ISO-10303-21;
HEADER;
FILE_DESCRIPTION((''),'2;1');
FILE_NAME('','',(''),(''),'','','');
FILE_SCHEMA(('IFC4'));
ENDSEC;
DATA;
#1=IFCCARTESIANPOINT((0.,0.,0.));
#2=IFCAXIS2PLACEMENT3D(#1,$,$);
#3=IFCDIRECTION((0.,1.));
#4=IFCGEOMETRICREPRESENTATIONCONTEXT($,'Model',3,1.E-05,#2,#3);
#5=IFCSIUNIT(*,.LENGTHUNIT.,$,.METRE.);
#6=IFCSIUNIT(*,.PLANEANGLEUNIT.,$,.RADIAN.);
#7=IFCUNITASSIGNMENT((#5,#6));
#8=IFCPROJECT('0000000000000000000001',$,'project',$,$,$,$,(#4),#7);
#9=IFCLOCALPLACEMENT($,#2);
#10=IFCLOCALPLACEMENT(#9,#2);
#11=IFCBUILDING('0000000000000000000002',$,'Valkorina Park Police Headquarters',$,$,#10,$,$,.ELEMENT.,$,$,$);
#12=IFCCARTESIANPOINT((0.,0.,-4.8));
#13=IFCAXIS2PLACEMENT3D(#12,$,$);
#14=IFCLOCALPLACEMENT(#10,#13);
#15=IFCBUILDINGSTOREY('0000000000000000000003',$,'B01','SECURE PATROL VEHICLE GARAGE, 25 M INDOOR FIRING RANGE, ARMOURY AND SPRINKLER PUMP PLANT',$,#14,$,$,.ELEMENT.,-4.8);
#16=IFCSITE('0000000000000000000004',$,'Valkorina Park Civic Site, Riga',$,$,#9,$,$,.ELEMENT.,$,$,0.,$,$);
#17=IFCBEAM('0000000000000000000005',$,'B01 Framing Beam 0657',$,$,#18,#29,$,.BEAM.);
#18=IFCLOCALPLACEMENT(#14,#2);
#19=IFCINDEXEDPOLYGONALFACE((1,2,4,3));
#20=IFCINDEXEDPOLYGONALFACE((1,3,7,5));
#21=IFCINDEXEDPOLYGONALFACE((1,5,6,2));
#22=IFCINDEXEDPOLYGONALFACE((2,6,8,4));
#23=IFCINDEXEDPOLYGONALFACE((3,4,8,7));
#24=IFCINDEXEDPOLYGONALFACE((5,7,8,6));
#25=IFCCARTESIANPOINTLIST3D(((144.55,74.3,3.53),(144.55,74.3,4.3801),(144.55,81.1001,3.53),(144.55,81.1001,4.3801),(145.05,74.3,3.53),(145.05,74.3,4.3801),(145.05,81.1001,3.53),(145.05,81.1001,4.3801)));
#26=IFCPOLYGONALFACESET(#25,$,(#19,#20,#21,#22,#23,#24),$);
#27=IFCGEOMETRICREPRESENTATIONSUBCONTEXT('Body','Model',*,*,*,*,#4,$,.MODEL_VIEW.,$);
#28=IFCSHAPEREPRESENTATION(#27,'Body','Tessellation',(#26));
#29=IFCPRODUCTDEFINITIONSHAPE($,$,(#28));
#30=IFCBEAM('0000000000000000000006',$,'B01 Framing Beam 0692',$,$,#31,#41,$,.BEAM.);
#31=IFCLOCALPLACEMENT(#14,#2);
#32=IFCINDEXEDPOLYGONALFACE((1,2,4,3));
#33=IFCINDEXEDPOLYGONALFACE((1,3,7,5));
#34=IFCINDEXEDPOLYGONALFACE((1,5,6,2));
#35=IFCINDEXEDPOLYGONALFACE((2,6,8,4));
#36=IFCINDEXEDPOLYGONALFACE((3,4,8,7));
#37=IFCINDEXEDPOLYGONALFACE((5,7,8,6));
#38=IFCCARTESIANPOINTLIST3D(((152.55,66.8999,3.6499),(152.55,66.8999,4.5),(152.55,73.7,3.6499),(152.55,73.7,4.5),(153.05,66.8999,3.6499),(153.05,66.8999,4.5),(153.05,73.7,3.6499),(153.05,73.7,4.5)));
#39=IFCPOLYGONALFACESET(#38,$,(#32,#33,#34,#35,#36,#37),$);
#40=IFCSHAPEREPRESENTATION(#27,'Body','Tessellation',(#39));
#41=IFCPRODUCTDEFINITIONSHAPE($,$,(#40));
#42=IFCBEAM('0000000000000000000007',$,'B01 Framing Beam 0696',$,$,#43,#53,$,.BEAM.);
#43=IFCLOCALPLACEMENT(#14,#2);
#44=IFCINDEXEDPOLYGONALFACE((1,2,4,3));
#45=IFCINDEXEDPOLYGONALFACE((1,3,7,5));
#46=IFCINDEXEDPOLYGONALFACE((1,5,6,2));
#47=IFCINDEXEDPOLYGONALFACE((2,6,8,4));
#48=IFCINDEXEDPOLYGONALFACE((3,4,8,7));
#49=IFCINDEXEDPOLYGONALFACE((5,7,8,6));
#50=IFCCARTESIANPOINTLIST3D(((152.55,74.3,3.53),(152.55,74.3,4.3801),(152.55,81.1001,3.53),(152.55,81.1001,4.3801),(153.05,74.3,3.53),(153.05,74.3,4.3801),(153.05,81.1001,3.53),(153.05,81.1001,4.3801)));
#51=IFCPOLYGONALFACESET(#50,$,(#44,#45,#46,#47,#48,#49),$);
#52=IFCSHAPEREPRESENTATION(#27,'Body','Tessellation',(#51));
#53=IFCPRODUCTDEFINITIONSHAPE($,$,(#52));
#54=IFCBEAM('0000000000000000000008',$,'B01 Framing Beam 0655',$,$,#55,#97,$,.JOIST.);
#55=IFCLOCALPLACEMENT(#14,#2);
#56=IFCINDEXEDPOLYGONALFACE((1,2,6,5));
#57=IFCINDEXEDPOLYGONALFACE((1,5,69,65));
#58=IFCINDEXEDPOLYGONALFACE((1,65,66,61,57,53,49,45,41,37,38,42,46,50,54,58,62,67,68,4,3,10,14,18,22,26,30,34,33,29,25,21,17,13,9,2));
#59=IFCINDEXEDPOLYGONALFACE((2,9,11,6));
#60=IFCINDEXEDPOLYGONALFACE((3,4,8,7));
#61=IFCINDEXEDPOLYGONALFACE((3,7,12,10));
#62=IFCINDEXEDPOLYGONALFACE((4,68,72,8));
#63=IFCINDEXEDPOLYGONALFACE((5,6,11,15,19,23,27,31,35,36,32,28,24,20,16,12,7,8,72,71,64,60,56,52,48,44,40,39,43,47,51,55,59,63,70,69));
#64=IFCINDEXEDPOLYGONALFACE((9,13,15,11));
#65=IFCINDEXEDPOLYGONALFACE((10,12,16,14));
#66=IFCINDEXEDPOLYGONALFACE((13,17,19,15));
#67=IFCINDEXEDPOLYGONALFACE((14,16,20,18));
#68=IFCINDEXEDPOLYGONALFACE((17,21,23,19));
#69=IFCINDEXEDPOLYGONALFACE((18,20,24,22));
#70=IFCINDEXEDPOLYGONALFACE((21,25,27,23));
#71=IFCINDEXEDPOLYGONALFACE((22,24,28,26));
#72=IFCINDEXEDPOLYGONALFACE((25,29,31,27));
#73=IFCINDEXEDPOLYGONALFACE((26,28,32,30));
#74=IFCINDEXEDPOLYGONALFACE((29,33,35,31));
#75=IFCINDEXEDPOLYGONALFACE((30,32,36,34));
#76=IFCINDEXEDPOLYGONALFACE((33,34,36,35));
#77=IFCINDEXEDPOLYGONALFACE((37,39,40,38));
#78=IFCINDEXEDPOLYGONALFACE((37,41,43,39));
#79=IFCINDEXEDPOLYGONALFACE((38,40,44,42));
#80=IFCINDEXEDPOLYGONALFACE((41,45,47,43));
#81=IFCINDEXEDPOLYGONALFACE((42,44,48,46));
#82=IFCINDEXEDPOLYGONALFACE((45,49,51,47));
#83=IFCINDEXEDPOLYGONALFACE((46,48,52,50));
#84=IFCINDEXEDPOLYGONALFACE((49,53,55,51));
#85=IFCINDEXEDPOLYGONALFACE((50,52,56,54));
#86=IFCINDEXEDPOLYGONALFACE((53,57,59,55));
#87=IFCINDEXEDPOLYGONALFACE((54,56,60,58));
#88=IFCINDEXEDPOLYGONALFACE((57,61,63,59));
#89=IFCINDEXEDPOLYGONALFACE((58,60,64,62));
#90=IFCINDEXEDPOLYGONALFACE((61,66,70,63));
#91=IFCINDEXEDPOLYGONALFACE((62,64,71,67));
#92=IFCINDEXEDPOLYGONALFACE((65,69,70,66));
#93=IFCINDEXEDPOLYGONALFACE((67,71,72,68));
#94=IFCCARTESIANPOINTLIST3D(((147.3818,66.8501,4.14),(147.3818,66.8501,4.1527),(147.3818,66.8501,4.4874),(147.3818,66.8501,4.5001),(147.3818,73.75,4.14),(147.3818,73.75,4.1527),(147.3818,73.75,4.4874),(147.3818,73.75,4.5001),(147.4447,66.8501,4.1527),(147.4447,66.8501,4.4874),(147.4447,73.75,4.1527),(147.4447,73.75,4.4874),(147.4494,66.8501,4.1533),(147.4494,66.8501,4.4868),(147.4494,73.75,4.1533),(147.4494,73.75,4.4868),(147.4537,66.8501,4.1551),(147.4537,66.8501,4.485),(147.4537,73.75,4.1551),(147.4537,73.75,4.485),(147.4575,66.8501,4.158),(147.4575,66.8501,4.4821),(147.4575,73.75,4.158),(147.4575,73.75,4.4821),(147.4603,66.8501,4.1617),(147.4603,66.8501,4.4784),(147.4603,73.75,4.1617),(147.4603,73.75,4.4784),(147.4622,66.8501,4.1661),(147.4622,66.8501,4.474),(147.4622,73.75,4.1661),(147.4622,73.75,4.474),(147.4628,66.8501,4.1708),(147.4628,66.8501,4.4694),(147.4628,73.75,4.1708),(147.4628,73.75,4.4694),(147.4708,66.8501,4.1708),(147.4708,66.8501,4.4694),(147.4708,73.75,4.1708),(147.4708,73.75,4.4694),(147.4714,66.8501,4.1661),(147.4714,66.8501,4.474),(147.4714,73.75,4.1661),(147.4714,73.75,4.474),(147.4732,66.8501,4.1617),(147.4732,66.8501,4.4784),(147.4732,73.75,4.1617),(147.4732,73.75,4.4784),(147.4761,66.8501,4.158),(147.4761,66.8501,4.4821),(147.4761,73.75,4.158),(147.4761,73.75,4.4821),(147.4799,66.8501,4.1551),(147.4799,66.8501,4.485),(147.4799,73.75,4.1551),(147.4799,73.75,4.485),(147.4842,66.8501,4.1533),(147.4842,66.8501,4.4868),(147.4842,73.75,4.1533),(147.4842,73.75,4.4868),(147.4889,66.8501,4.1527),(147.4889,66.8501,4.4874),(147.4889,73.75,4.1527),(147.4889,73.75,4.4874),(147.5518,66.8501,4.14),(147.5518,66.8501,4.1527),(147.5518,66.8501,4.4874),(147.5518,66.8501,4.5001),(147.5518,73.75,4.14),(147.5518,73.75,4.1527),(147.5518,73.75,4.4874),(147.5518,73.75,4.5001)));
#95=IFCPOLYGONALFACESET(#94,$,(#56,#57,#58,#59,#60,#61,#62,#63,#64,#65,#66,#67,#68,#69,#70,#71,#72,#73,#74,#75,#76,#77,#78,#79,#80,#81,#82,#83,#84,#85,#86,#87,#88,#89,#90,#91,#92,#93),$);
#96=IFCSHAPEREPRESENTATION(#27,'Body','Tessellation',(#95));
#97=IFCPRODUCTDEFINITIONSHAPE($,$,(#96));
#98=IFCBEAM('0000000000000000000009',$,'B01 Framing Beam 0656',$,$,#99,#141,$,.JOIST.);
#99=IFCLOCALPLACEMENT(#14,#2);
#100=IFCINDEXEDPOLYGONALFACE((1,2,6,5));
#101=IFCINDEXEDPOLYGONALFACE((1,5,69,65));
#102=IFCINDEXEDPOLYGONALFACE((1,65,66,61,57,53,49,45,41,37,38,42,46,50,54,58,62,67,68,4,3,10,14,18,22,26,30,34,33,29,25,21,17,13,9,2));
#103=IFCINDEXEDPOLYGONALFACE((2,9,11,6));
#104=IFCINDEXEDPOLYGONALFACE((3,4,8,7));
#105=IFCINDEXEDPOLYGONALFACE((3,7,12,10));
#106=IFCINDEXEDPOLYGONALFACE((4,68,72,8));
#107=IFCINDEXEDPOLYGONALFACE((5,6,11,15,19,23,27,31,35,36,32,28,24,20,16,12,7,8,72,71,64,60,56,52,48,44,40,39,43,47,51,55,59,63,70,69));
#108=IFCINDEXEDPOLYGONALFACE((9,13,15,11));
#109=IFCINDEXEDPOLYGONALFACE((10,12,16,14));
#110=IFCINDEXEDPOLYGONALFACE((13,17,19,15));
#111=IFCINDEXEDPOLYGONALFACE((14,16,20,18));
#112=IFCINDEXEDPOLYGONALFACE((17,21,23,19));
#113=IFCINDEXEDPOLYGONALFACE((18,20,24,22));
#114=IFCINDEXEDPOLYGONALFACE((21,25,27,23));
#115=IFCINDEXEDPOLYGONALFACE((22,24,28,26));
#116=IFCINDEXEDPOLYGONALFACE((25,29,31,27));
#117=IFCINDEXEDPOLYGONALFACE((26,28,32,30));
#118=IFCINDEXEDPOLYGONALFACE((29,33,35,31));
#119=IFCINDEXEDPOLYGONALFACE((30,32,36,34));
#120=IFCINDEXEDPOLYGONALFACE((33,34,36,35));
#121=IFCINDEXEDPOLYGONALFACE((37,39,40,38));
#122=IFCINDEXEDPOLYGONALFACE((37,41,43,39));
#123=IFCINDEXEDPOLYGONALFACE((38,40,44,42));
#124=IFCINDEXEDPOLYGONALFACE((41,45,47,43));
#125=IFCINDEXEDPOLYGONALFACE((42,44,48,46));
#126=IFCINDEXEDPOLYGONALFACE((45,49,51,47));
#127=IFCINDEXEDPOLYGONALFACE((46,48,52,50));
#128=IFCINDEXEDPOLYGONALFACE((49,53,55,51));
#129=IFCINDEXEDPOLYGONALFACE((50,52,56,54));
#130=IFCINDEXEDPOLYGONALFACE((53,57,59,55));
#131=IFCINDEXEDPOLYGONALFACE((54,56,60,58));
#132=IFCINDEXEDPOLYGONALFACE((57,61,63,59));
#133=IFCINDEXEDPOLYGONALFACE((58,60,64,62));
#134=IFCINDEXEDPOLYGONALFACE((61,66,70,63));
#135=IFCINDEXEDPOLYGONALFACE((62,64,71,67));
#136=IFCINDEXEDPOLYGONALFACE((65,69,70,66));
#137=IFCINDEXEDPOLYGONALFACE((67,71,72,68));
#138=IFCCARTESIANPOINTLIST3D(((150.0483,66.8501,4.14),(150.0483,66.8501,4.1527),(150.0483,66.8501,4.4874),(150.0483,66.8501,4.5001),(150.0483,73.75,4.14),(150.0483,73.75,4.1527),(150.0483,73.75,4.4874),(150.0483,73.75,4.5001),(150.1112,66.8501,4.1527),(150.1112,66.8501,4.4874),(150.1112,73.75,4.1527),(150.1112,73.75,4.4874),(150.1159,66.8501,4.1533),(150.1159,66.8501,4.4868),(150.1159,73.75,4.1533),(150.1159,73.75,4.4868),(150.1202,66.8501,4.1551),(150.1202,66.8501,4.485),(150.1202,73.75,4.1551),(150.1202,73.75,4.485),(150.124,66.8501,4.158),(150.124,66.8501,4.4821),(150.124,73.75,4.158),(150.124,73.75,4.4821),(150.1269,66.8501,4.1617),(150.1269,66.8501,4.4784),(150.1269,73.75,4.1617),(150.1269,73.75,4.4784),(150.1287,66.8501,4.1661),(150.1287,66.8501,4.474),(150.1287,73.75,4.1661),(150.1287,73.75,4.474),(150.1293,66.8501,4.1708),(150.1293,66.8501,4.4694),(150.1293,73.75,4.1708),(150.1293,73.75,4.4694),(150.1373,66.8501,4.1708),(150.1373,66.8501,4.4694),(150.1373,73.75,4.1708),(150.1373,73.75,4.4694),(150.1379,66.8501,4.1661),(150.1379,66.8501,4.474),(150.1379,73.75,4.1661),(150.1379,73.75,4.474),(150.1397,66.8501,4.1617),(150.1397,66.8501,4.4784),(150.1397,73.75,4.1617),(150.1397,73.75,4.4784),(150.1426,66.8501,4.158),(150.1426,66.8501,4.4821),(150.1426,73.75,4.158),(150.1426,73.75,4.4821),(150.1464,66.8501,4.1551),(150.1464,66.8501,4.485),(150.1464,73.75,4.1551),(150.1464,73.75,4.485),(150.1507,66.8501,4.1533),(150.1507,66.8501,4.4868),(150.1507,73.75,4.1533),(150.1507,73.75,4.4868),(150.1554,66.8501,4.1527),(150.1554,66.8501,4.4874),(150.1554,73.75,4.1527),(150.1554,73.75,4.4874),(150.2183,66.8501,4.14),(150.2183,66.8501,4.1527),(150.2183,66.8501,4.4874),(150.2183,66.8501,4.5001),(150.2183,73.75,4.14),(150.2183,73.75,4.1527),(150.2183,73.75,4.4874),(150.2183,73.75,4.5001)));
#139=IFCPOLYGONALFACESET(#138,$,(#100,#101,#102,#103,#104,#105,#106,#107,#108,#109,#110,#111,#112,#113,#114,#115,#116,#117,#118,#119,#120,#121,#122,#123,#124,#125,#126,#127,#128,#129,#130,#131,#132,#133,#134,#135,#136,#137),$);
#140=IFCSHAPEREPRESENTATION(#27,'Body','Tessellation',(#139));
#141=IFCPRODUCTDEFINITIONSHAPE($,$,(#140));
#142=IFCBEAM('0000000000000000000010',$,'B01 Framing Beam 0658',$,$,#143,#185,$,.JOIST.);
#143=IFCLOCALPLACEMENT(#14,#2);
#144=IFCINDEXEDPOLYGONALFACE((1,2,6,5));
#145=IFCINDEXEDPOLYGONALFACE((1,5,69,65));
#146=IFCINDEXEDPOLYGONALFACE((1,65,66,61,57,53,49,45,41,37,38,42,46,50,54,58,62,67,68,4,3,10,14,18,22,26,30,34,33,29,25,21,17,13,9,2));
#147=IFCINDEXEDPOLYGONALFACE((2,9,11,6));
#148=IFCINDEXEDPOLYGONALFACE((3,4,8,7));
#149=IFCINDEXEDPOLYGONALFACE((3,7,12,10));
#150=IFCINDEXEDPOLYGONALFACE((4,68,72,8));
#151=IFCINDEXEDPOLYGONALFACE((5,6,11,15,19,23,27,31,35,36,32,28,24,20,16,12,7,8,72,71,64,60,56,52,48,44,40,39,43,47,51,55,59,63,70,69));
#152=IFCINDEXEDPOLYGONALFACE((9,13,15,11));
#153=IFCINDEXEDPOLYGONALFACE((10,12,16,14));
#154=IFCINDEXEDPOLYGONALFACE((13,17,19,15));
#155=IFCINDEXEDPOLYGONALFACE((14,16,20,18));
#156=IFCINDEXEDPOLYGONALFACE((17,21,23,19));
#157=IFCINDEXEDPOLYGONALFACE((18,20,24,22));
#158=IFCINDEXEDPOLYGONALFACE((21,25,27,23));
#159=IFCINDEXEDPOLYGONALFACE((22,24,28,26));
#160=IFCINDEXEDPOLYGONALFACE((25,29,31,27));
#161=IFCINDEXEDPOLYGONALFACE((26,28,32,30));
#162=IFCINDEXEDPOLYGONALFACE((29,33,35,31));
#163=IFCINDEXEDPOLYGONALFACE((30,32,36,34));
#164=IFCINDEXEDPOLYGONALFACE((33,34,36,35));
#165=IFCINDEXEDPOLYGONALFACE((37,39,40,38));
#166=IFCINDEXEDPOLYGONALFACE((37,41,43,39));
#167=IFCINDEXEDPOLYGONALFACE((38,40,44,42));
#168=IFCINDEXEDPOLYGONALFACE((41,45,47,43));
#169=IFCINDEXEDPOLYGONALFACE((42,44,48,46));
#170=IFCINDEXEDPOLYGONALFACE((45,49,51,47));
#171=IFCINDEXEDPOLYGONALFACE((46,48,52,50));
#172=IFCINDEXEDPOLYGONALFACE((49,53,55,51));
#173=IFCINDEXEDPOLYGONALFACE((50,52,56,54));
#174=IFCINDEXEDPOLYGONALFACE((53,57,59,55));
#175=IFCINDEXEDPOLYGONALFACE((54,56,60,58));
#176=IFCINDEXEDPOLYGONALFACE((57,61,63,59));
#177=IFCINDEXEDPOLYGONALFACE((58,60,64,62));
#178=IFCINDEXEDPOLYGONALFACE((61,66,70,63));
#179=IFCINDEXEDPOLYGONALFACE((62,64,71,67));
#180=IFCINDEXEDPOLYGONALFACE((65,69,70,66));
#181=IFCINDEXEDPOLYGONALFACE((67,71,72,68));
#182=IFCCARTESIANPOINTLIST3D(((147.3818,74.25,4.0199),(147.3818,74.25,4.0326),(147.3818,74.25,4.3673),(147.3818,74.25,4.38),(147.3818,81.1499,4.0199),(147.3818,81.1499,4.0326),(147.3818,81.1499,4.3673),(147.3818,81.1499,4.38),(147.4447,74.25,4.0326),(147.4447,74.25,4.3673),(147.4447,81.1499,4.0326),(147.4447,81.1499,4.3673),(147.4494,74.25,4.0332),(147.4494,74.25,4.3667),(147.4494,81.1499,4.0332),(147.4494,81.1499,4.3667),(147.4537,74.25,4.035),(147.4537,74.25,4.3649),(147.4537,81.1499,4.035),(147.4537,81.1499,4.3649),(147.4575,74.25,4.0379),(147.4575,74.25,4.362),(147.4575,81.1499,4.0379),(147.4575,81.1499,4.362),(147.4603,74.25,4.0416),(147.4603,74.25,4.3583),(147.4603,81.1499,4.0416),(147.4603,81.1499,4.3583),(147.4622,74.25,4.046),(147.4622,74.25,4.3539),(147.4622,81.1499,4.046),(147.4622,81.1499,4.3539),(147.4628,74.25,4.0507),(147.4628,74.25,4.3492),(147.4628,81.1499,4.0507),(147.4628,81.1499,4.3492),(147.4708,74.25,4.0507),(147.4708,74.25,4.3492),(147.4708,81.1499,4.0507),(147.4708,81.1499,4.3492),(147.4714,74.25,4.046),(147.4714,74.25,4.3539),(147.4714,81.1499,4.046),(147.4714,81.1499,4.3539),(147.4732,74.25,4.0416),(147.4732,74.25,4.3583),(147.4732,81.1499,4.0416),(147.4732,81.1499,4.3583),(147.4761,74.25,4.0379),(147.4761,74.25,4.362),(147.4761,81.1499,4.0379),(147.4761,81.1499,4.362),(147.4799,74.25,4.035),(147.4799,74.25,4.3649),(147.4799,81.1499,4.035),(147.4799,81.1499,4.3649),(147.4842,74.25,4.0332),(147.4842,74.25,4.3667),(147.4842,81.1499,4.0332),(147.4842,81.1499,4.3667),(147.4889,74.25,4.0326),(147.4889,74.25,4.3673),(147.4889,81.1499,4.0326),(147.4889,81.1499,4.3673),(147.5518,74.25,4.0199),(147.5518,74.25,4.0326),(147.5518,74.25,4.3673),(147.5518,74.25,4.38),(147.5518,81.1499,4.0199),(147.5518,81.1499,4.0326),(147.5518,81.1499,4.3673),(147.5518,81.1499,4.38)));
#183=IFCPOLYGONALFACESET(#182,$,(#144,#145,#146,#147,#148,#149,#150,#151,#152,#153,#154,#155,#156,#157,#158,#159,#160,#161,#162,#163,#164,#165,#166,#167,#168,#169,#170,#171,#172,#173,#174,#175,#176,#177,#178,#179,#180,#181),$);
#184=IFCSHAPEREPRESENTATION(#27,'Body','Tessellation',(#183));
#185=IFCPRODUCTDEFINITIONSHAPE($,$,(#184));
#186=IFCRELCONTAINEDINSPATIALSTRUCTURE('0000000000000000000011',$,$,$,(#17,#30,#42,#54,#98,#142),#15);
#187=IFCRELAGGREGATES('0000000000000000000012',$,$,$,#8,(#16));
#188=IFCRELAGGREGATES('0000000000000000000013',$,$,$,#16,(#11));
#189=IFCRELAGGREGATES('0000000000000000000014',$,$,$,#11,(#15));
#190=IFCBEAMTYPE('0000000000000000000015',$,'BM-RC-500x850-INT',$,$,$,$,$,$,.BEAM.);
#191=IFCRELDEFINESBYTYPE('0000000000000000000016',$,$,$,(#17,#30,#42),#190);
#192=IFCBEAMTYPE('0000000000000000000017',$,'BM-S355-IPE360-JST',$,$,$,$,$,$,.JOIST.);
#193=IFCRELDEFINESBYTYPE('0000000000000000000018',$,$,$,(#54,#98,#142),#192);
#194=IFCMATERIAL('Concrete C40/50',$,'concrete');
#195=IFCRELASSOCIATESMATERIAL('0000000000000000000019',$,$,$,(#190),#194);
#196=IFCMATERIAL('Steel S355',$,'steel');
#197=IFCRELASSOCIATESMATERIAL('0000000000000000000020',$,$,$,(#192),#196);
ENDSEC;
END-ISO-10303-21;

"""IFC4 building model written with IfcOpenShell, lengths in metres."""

from ifc_helpers import new_model, si_unit, direction, frame, origin, origin_2d, place, context, subcontext, project, spatial, rectangle, i_section, extrude, material, material_profile, profile_set, type_object, element, save


model = new_model("IFC4")

# Units and contexts
model_context = context("Model", 3, precision=1e-05, world=origin(), true_north=direction((0.0, 1.0)))
body_context = subcontext(model_context, "Body", "Model", "MODEL_VIEW")
ifc_project = project(units=[si_unit("LENGTHUNIT", "METRE"), si_unit("PLANEANGLEUNIT", "RADIAN")], contexts=[model_context])

# Site, building, storey
site_placement = place(None, origin())
site = spatial("IfcSite", under=ifc_project, at=site_placement, Name="Valkorina Park Civic Site, Riga", CompositionType="ELEMENT", RefElevation=0.0)
building_placement = place(site_placement, origin())
building = spatial("IfcBuilding", under=site, at=building_placement, Name="Valkorina Park Police Headquarters", CompositionType="ELEMENT")
storey_placement = place(building_placement, frame((0.0, 0.0, -4.8)))
storey = spatial("IfcBuildingStorey", under=building, at=storey_placement, Name="B01", Description="SECURE PATROL VEHICLE GARAGE, 25 M INDOOR FIRING RANGE, ARMOURY AND SPRINKLER PUMP PLANT", CompositionType="ELEMENT", Elevation=-4.8)

# Shared definitions
ifc_material_1 = material(Name="Concrete C40/50", Category="concrete")

# Beams
ifc_material_profile_1 = material_profile(ifc_material_1, rectangle(XDim=0.5, YDim=0.8501, at=origin_2d()), Name="RC BEAM 500x850")
ifc_profile_set_1 = profile_set([ifc_material_profile_1], Name="Concrete C40/50")
beam_type_1 = type_object("IfcBeamType", Name="BM-RC-500x850-INT", PredefinedType="BEAM", material=ifc_profile_set_1)
for number, where, z_axis, x_axis, name in (
    (1, (144.8, 74.3, 3.9551), (0.0, 1.0, 0.0), (-1.0, 0.0, 0.0), "B01 Framing Beam 0657"),
    (2, (152.8, 66.8999, 4.075), (0.0, 1.0, 0.0), (-1.0, 0.0, 0.0), "B01 Framing Beam 0692"),
    (3, (152.8, 74.3, 3.9551), (0.0, 1.0, 0.0), (-1.0, 0.0, 0.0), "B01 Framing Beam 0696"),
):
    element("IfcBeam", number, at=place(storey_placement, frame(where, z_axis=z_axis, x_axis=x_axis)), inside=storey, type_object=beam_type_1, Name=name, PredefinedType="BEAM", context=body_context, shape_type="SweptSolid", body=[
        extrude(rectangle(XDim=0.5, YDim=0.8501, at=origin_2d()), origin(), (0.0, 0.0, 1.0), 6.8),
    ])
ifc_material_2 = material(Name="Steel S355", Category="steel")
ifc_material_profile_2 = material_profile(ifc_material_2, i_section(OverallWidth=0.1699, OverallDepth=0.3601, WebThickness=0.0081, FlangeThickness=0.0127, FilletRadius=0.0181, at=origin_2d()), Name="IPE 360")
ifc_profile_set_2 = profile_set([ifc_material_profile_2], Name="Steel S355")
beam_type_2 = type_object("IfcBeamType", Name="BM-S355-IPE360-JST", PredefinedType="JOIST", material=ifc_profile_set_2)
for number, where, z_axis, x_axis, name in (
    (4, (147.4668, 66.8501, 4.3201), (0.0, 1.0, 0.0), (-1.0, 0.0, 0.0), "B01 Framing Beam 0655"),
    (5, (150.1333, 66.8501, 4.3201), (0.0, 1.0, 0.0), (-1.0, 0.0, 0.0), "B01 Framing Beam 0656"),
    (6, (147.4668, 74.25, 4.2), (0.0, 1.0, 0.0), (-1.0, 0.0, 0.0), "B01 Framing Beam 0658"),
):
    element("IfcBeam", number, at=place(storey_placement, frame(where, z_axis=z_axis, x_axis=x_axis)), inside=storey, type_object=beam_type_2, Name=name, PredefinedType="JOIST", context=body_context, shape_type="SweptSolid", body=[
        extrude(i_section(OverallWidth=0.1699, OverallDepth=0.3601, WebThickness=0.0081, FlangeThickness=0.0127, FilletRadius=0.0181, at=origin_2d()), origin(), (0.0, 0.0, 1.0), 6.8999),
    ])

save(model, "model.ifc")
